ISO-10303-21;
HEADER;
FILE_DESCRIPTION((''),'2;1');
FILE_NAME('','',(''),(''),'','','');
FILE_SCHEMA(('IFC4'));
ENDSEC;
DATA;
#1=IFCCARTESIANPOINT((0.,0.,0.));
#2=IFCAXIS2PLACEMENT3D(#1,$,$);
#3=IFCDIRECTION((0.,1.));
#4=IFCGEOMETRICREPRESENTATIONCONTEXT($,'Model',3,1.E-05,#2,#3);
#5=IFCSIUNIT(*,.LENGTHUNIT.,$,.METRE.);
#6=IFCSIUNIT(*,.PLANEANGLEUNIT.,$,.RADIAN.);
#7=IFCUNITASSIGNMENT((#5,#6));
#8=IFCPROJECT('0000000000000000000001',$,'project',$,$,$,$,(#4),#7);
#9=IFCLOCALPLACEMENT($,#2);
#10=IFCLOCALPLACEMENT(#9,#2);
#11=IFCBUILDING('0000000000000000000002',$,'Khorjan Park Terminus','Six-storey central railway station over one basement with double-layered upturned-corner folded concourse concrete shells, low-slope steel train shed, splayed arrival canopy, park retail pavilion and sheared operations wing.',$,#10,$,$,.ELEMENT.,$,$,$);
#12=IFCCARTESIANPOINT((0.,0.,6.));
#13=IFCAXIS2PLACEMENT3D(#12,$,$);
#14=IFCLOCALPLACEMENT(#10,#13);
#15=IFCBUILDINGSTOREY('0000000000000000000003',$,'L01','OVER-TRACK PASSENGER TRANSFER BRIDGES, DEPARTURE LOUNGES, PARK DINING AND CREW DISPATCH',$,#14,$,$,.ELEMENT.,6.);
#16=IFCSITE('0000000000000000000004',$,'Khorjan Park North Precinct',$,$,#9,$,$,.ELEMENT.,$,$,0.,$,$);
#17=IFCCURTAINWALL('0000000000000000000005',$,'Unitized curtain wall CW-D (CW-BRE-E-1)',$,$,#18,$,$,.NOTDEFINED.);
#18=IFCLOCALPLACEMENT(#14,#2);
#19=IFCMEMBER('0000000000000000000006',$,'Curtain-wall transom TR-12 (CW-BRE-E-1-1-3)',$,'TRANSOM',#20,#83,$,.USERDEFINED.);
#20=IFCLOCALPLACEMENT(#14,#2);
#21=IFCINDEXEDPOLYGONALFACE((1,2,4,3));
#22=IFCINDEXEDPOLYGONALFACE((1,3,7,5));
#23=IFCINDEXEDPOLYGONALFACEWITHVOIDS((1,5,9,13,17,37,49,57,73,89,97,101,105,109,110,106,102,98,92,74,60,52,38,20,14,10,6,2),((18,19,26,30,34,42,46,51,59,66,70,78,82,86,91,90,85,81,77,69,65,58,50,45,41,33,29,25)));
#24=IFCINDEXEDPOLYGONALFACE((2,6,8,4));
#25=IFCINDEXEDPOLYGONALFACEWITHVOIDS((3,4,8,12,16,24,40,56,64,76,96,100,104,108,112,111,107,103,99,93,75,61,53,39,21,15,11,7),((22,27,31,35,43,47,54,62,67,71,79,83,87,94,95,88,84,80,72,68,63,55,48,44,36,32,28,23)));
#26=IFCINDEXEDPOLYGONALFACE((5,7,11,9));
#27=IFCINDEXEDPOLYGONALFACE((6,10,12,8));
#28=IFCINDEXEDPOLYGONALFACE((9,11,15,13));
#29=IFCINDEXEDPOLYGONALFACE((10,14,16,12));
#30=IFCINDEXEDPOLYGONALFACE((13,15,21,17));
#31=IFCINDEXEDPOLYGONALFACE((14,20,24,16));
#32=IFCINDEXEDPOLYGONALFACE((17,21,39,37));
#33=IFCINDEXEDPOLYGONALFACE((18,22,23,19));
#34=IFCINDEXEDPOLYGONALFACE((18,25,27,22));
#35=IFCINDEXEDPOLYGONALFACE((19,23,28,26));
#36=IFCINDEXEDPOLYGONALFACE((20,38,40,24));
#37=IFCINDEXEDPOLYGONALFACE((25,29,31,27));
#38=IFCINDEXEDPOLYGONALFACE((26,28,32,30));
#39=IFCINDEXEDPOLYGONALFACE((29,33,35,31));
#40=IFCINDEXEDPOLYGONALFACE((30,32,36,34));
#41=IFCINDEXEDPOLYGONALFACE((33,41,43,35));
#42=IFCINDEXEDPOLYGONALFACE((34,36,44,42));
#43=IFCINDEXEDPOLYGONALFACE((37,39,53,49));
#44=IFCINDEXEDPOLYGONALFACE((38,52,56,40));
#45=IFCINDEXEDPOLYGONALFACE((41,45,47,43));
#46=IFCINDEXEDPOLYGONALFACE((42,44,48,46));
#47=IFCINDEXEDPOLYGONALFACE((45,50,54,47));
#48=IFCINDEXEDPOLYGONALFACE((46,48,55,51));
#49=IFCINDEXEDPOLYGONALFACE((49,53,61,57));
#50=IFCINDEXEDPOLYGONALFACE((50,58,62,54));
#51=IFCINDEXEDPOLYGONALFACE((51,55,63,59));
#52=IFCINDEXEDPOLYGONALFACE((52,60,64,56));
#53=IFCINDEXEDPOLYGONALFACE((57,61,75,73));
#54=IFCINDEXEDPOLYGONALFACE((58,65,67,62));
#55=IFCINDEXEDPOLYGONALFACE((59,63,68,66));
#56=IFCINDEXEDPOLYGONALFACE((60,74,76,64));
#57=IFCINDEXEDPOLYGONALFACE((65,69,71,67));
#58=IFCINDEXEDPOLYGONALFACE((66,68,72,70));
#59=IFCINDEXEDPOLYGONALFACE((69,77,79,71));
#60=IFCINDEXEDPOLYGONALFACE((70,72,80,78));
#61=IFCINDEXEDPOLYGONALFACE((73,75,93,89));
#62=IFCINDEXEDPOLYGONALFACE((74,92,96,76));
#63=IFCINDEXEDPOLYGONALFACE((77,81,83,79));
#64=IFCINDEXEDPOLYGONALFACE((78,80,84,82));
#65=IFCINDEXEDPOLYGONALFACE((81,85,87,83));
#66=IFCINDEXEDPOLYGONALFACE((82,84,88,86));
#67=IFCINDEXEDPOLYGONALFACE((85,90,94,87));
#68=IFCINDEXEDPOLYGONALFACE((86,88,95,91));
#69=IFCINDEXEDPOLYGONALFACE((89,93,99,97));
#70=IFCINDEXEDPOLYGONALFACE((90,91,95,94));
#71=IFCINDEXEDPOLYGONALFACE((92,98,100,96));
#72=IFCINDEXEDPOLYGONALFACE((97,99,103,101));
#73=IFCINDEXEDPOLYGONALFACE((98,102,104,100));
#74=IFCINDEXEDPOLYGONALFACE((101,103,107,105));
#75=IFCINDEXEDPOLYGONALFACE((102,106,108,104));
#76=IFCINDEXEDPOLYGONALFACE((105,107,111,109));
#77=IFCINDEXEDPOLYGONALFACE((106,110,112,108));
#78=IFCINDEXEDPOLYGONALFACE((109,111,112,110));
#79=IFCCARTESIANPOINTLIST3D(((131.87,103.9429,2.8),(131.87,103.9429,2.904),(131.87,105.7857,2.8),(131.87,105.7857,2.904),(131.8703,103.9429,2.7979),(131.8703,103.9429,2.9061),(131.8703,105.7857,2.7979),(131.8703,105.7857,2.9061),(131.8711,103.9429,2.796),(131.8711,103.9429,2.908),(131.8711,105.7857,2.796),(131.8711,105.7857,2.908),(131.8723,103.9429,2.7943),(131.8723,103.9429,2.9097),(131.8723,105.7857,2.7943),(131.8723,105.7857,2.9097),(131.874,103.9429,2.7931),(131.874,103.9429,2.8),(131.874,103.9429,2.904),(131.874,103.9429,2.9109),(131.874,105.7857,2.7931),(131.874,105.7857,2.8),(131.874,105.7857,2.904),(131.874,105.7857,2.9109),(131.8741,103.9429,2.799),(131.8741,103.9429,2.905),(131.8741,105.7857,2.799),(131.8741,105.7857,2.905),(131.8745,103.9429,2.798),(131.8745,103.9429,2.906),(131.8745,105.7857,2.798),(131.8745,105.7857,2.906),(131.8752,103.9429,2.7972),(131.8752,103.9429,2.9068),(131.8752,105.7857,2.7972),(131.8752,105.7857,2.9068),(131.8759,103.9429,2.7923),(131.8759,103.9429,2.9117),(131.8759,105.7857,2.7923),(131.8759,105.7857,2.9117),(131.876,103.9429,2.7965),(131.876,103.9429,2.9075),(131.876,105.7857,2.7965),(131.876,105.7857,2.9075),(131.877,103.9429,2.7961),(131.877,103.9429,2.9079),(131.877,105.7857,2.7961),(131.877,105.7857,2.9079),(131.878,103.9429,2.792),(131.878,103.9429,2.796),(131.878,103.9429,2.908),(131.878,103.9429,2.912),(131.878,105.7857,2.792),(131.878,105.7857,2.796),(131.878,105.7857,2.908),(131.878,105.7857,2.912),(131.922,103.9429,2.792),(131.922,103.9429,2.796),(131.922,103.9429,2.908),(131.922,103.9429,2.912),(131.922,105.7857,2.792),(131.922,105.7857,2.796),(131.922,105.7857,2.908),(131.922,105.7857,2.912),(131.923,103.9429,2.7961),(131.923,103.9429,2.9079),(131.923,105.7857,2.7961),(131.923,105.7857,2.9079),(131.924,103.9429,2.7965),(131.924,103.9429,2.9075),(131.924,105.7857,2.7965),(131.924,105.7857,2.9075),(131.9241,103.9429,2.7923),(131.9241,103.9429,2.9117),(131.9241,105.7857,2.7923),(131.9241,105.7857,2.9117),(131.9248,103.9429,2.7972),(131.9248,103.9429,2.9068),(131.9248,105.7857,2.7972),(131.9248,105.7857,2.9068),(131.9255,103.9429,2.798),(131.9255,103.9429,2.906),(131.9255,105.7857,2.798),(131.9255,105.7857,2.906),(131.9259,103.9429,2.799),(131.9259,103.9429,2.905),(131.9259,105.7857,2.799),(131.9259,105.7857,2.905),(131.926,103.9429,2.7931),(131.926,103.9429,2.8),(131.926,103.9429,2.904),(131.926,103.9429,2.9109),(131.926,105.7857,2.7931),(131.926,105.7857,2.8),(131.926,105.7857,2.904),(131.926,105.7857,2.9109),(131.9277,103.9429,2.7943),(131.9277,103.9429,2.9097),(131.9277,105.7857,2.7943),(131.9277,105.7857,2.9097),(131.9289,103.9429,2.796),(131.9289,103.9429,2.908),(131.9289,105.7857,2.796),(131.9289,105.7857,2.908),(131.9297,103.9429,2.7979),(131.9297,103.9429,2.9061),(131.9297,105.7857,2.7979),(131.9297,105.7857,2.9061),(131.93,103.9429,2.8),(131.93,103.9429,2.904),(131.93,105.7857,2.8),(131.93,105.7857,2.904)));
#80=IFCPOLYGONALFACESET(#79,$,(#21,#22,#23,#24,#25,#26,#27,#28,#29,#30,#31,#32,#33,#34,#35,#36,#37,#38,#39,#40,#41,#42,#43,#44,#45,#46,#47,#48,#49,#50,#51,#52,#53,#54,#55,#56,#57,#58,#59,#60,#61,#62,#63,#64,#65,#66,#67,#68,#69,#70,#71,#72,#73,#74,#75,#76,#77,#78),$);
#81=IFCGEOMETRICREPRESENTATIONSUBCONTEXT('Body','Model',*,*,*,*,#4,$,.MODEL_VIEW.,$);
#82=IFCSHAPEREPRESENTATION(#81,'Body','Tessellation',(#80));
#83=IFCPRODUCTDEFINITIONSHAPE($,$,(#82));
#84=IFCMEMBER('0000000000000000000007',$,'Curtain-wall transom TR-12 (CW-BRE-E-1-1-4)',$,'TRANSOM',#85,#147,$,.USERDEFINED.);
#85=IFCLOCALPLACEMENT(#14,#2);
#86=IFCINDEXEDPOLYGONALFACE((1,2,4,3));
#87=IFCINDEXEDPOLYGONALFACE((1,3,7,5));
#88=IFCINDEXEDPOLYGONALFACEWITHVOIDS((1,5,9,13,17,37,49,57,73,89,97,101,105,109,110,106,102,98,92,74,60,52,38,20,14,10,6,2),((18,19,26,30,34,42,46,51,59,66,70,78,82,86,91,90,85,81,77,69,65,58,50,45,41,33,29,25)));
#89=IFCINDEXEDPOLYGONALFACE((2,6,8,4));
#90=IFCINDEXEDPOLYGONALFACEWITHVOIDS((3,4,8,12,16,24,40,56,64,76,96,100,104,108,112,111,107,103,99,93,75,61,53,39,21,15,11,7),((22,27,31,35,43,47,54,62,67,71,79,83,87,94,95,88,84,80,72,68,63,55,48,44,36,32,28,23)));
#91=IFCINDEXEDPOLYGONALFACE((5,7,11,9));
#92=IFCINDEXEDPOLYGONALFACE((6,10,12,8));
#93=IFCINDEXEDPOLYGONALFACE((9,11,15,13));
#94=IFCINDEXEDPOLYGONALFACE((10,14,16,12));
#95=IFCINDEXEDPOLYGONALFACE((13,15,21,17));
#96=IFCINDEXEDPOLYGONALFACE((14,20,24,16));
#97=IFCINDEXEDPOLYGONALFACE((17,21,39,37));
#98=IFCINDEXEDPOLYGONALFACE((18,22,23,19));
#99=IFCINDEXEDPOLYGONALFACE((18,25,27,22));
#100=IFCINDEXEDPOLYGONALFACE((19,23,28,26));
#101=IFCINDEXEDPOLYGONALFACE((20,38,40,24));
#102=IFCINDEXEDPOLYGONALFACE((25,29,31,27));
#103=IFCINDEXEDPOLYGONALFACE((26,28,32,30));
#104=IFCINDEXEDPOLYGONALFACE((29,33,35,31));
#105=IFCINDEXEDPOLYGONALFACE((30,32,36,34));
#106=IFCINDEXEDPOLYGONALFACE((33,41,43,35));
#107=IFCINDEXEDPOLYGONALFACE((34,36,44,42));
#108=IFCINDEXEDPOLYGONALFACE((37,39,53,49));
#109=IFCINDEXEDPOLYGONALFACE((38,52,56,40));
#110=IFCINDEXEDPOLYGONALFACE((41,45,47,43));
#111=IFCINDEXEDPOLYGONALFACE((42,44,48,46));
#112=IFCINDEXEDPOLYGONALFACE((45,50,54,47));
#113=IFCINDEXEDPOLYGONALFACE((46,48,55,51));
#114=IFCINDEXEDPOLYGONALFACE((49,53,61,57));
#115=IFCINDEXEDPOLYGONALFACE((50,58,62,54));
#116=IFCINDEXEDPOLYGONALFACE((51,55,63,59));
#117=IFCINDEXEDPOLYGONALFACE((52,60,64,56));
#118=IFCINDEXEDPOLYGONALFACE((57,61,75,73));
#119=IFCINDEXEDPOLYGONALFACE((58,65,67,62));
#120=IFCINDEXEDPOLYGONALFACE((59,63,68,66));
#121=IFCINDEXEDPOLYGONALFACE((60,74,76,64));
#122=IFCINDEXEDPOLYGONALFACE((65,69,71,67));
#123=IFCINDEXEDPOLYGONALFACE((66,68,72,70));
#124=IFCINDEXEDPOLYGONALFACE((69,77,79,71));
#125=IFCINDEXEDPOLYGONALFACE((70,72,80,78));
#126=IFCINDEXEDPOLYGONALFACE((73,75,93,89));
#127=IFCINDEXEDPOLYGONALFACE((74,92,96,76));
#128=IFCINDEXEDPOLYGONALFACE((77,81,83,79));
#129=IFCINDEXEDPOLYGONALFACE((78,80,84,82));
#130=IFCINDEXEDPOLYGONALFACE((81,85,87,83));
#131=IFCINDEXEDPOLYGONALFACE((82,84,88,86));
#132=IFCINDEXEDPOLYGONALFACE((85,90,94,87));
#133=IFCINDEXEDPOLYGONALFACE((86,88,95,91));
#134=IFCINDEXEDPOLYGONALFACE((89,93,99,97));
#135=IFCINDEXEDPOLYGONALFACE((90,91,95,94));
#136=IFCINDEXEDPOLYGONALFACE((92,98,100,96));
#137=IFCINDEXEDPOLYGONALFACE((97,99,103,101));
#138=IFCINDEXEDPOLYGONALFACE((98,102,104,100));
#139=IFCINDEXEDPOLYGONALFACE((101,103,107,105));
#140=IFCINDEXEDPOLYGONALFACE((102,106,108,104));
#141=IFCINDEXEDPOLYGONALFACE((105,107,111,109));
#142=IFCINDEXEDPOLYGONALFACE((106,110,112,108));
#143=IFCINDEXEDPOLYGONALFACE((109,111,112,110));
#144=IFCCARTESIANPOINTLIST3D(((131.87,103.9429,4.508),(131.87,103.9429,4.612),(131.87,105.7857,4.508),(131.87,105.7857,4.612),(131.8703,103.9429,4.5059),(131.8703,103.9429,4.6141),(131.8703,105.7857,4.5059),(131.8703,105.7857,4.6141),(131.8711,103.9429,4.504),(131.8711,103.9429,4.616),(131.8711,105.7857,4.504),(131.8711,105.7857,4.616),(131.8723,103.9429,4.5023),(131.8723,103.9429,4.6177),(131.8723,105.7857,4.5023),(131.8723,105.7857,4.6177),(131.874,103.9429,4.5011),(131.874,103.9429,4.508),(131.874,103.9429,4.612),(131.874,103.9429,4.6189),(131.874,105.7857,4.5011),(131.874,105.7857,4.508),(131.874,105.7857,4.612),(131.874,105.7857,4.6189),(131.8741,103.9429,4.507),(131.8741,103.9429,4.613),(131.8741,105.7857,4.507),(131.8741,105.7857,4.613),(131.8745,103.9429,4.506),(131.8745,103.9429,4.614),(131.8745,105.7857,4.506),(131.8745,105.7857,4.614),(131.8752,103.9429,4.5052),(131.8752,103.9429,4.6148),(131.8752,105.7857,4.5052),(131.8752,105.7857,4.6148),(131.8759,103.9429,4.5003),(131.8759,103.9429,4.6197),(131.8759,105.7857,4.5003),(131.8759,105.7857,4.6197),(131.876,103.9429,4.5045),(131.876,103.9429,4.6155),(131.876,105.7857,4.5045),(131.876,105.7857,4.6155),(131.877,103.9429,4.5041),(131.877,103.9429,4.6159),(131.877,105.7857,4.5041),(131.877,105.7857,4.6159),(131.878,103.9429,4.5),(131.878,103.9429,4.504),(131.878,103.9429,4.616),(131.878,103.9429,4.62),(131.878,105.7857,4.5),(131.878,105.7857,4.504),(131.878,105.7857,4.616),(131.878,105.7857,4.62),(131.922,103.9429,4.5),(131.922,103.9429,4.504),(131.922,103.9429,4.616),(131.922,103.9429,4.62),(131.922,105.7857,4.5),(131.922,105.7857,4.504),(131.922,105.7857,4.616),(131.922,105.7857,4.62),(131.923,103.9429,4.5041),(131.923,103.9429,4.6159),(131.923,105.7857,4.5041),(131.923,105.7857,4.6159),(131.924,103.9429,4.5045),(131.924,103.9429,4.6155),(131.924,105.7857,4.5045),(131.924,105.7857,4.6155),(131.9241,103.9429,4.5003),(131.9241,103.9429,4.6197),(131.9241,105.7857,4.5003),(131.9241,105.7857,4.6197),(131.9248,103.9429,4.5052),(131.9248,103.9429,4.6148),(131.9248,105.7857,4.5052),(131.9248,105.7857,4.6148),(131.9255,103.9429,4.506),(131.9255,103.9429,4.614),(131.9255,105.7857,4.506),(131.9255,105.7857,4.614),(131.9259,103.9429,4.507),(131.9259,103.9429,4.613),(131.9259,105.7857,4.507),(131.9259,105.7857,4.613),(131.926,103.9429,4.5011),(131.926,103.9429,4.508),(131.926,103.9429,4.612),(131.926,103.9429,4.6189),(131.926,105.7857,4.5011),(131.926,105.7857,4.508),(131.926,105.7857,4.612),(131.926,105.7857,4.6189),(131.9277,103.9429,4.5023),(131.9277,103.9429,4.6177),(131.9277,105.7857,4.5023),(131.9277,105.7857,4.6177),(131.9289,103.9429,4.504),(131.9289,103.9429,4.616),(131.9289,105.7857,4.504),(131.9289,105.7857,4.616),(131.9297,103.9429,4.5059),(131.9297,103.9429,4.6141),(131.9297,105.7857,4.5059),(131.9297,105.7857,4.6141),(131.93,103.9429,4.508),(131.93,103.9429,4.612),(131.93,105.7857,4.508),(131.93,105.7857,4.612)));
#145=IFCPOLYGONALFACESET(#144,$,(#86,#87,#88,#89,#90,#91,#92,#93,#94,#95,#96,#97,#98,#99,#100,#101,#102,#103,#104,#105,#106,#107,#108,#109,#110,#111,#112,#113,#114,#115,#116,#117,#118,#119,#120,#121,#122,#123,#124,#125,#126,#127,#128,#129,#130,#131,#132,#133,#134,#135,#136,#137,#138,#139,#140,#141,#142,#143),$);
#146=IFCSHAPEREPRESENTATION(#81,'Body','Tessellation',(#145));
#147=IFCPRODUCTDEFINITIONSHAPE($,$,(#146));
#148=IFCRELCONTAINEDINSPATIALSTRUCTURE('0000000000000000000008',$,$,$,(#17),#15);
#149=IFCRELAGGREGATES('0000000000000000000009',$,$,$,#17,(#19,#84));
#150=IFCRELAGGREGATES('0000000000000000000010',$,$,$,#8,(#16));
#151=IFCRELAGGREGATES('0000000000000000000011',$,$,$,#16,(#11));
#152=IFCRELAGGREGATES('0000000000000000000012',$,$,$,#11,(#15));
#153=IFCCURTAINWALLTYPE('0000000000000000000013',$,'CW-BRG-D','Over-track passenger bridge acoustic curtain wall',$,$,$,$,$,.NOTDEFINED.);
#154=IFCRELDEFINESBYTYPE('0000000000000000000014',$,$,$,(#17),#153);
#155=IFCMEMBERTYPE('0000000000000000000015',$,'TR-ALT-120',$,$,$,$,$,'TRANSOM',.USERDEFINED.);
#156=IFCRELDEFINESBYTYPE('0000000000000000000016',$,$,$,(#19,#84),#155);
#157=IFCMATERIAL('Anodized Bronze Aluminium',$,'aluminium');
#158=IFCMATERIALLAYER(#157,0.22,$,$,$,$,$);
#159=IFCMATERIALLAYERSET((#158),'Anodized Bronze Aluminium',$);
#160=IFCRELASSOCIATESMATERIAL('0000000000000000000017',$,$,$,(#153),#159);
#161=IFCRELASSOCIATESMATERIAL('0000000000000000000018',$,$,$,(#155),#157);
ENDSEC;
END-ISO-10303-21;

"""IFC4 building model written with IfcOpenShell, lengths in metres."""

from ifc_helpers import new_model, si_unit, direction, frame, origin, origin_2d, place, context, subcontext, project, spatial, hollow_rectangle, extrude, material, layer, layer_set, material_profile, profile_set, type_object, element, aggregate, save


model = new_model("IFC4")

# Units and contexts
model_context = context("Model", 3, precision=1e-05, world=origin(), true_north=direction((0.0, 1.0)))
body_context = subcontext(model_context, "Body", "Model", "MODEL_VIEW")
ifc_project = project(units=[si_unit("LENGTHUNIT", "METRE"), si_unit("PLANEANGLEUNIT", "RADIAN")], contexts=[model_context])

# Site, building, storey
site_placement = place(None, origin())
site = spatial("IfcSite", under=ifc_project, at=site_placement, Name="Khorjan Park North Precinct", CompositionType="ELEMENT", RefElevation=0.0)
building_placement = place(site_placement, origin())
building = spatial("IfcBuilding", under=site, at=building_placement, Name="Khorjan Park Terminus", Description="Six-storey central railway station over one basement with double-layered upturned-corner folded concourse concrete shells, low-slope steel train shed, splayed arrival canopy, park retail pavilion and sheared operations wing.", CompositionType="ELEMENT")
storey_placement = place(building_placement, frame((0.0, 0.0, 6.0)))
storey = spatial("IfcBuildingStorey", under=building, at=storey_placement, Name="L01", Description="OVER-TRACK PASSENGER TRANSFER BRIDGES, DEPARTURE LOUNGES, PARK DINING AND CREW DISPATCH", CompositionType="ELEMENT", Elevation=6.0)

# Curtain wall
ifc_material_1 = material(Name="Anodized Bronze Aluminium", Category="aluminium")
ifc_layer_1 = layer(ifc_material_1, 0.22)
ifc_layer_set_1 = layer_set([ifc_layer_1], Name="Anodized Bronze Aluminium")
curtain_wall_type = type_object("IfcCurtainWallType", Name="CW-BRG-D", Description="Over-track passenger bridge acoustic curtain wall", PredefinedType="NOTDEFINED", material=ifc_layer_set_1)
curtain_wall_1_placement = place(storey_placement, origin())
curtain_wall_1 = element("IfcCurtainWall", 1, at=curtain_wall_1_placement, inside=storey, type_object=curtain_wall_type, Name="Unitized curtain wall CW-D (CW-BRE-E-1)", PredefinedType="NOTDEFINED")

# Members
ifc_material_profile_1 = material_profile(ifc_material_1, hollow_rectangle(XDim=0.06, YDim=0.12, WallThickness=0.004, InnerFilletRadius=0.004, OuterFilletRadius=0.008, at=origin_2d()), Name="ALT 60x120x4")
ifc_profile_set_1 = profile_set([ifc_material_profile_1], Name="Anodized Bronze Aluminium")
member_type_1 = type_object("IfcMemberType", Name="TR-ALT-120", ElementType="TRANSOM", PredefinedType="USERDEFINED", material=ifc_profile_set_1)
member_1_placement = place(storey_placement, frame((131.9, 103.9429, 2.852), z_axis=(0.0, 1.0, 0.0), x_axis=(-1.0, 0.0, 0.0)))
member_1 = element("IfcMember", 2, at=member_1_placement, type_object=member_type_1, Name="Curtain-wall transom TR-12 (CW-BRE-E-1-1-3)", ObjectType="TRANSOM", PredefinedType="USERDEFINED", context=body_context, shape_type="SweptSolid", body=[
    extrude(hollow_rectangle(XDim=0.06, YDim=0.12, WallThickness=0.004, InnerFilletRadius=0.004, OuterFilletRadius=0.008, at=origin_2d()), origin(), (0.0, 0.0, 1.0), 1.8428),
])
member_2_placement = place(storey_placement, frame((131.9, 103.9429, 4.56), z_axis=(0.0, 1.0, 0.0), x_axis=(-1.0, 0.0, 0.0)))
member_2 = element("IfcMember", 3, at=member_2_placement, type_object=member_type_1, Name="Curtain-wall transom TR-12 (CW-BRE-E-1-1-4)", ObjectType="TRANSOM", PredefinedType="USERDEFINED", context=body_context, shape_type="SweptSolid", body=[
    extrude(hollow_rectangle(XDim=0.06, YDim=0.12, WallThickness=0.004, InnerFilletRadius=0.004, OuterFilletRadius=0.008, at=origin_2d()), origin(), (0.0, 0.0, 1.0), 1.8428),
])

aggregate(curtain_wall_1, [member_1, member_2])

save(model, "model.ifc")
